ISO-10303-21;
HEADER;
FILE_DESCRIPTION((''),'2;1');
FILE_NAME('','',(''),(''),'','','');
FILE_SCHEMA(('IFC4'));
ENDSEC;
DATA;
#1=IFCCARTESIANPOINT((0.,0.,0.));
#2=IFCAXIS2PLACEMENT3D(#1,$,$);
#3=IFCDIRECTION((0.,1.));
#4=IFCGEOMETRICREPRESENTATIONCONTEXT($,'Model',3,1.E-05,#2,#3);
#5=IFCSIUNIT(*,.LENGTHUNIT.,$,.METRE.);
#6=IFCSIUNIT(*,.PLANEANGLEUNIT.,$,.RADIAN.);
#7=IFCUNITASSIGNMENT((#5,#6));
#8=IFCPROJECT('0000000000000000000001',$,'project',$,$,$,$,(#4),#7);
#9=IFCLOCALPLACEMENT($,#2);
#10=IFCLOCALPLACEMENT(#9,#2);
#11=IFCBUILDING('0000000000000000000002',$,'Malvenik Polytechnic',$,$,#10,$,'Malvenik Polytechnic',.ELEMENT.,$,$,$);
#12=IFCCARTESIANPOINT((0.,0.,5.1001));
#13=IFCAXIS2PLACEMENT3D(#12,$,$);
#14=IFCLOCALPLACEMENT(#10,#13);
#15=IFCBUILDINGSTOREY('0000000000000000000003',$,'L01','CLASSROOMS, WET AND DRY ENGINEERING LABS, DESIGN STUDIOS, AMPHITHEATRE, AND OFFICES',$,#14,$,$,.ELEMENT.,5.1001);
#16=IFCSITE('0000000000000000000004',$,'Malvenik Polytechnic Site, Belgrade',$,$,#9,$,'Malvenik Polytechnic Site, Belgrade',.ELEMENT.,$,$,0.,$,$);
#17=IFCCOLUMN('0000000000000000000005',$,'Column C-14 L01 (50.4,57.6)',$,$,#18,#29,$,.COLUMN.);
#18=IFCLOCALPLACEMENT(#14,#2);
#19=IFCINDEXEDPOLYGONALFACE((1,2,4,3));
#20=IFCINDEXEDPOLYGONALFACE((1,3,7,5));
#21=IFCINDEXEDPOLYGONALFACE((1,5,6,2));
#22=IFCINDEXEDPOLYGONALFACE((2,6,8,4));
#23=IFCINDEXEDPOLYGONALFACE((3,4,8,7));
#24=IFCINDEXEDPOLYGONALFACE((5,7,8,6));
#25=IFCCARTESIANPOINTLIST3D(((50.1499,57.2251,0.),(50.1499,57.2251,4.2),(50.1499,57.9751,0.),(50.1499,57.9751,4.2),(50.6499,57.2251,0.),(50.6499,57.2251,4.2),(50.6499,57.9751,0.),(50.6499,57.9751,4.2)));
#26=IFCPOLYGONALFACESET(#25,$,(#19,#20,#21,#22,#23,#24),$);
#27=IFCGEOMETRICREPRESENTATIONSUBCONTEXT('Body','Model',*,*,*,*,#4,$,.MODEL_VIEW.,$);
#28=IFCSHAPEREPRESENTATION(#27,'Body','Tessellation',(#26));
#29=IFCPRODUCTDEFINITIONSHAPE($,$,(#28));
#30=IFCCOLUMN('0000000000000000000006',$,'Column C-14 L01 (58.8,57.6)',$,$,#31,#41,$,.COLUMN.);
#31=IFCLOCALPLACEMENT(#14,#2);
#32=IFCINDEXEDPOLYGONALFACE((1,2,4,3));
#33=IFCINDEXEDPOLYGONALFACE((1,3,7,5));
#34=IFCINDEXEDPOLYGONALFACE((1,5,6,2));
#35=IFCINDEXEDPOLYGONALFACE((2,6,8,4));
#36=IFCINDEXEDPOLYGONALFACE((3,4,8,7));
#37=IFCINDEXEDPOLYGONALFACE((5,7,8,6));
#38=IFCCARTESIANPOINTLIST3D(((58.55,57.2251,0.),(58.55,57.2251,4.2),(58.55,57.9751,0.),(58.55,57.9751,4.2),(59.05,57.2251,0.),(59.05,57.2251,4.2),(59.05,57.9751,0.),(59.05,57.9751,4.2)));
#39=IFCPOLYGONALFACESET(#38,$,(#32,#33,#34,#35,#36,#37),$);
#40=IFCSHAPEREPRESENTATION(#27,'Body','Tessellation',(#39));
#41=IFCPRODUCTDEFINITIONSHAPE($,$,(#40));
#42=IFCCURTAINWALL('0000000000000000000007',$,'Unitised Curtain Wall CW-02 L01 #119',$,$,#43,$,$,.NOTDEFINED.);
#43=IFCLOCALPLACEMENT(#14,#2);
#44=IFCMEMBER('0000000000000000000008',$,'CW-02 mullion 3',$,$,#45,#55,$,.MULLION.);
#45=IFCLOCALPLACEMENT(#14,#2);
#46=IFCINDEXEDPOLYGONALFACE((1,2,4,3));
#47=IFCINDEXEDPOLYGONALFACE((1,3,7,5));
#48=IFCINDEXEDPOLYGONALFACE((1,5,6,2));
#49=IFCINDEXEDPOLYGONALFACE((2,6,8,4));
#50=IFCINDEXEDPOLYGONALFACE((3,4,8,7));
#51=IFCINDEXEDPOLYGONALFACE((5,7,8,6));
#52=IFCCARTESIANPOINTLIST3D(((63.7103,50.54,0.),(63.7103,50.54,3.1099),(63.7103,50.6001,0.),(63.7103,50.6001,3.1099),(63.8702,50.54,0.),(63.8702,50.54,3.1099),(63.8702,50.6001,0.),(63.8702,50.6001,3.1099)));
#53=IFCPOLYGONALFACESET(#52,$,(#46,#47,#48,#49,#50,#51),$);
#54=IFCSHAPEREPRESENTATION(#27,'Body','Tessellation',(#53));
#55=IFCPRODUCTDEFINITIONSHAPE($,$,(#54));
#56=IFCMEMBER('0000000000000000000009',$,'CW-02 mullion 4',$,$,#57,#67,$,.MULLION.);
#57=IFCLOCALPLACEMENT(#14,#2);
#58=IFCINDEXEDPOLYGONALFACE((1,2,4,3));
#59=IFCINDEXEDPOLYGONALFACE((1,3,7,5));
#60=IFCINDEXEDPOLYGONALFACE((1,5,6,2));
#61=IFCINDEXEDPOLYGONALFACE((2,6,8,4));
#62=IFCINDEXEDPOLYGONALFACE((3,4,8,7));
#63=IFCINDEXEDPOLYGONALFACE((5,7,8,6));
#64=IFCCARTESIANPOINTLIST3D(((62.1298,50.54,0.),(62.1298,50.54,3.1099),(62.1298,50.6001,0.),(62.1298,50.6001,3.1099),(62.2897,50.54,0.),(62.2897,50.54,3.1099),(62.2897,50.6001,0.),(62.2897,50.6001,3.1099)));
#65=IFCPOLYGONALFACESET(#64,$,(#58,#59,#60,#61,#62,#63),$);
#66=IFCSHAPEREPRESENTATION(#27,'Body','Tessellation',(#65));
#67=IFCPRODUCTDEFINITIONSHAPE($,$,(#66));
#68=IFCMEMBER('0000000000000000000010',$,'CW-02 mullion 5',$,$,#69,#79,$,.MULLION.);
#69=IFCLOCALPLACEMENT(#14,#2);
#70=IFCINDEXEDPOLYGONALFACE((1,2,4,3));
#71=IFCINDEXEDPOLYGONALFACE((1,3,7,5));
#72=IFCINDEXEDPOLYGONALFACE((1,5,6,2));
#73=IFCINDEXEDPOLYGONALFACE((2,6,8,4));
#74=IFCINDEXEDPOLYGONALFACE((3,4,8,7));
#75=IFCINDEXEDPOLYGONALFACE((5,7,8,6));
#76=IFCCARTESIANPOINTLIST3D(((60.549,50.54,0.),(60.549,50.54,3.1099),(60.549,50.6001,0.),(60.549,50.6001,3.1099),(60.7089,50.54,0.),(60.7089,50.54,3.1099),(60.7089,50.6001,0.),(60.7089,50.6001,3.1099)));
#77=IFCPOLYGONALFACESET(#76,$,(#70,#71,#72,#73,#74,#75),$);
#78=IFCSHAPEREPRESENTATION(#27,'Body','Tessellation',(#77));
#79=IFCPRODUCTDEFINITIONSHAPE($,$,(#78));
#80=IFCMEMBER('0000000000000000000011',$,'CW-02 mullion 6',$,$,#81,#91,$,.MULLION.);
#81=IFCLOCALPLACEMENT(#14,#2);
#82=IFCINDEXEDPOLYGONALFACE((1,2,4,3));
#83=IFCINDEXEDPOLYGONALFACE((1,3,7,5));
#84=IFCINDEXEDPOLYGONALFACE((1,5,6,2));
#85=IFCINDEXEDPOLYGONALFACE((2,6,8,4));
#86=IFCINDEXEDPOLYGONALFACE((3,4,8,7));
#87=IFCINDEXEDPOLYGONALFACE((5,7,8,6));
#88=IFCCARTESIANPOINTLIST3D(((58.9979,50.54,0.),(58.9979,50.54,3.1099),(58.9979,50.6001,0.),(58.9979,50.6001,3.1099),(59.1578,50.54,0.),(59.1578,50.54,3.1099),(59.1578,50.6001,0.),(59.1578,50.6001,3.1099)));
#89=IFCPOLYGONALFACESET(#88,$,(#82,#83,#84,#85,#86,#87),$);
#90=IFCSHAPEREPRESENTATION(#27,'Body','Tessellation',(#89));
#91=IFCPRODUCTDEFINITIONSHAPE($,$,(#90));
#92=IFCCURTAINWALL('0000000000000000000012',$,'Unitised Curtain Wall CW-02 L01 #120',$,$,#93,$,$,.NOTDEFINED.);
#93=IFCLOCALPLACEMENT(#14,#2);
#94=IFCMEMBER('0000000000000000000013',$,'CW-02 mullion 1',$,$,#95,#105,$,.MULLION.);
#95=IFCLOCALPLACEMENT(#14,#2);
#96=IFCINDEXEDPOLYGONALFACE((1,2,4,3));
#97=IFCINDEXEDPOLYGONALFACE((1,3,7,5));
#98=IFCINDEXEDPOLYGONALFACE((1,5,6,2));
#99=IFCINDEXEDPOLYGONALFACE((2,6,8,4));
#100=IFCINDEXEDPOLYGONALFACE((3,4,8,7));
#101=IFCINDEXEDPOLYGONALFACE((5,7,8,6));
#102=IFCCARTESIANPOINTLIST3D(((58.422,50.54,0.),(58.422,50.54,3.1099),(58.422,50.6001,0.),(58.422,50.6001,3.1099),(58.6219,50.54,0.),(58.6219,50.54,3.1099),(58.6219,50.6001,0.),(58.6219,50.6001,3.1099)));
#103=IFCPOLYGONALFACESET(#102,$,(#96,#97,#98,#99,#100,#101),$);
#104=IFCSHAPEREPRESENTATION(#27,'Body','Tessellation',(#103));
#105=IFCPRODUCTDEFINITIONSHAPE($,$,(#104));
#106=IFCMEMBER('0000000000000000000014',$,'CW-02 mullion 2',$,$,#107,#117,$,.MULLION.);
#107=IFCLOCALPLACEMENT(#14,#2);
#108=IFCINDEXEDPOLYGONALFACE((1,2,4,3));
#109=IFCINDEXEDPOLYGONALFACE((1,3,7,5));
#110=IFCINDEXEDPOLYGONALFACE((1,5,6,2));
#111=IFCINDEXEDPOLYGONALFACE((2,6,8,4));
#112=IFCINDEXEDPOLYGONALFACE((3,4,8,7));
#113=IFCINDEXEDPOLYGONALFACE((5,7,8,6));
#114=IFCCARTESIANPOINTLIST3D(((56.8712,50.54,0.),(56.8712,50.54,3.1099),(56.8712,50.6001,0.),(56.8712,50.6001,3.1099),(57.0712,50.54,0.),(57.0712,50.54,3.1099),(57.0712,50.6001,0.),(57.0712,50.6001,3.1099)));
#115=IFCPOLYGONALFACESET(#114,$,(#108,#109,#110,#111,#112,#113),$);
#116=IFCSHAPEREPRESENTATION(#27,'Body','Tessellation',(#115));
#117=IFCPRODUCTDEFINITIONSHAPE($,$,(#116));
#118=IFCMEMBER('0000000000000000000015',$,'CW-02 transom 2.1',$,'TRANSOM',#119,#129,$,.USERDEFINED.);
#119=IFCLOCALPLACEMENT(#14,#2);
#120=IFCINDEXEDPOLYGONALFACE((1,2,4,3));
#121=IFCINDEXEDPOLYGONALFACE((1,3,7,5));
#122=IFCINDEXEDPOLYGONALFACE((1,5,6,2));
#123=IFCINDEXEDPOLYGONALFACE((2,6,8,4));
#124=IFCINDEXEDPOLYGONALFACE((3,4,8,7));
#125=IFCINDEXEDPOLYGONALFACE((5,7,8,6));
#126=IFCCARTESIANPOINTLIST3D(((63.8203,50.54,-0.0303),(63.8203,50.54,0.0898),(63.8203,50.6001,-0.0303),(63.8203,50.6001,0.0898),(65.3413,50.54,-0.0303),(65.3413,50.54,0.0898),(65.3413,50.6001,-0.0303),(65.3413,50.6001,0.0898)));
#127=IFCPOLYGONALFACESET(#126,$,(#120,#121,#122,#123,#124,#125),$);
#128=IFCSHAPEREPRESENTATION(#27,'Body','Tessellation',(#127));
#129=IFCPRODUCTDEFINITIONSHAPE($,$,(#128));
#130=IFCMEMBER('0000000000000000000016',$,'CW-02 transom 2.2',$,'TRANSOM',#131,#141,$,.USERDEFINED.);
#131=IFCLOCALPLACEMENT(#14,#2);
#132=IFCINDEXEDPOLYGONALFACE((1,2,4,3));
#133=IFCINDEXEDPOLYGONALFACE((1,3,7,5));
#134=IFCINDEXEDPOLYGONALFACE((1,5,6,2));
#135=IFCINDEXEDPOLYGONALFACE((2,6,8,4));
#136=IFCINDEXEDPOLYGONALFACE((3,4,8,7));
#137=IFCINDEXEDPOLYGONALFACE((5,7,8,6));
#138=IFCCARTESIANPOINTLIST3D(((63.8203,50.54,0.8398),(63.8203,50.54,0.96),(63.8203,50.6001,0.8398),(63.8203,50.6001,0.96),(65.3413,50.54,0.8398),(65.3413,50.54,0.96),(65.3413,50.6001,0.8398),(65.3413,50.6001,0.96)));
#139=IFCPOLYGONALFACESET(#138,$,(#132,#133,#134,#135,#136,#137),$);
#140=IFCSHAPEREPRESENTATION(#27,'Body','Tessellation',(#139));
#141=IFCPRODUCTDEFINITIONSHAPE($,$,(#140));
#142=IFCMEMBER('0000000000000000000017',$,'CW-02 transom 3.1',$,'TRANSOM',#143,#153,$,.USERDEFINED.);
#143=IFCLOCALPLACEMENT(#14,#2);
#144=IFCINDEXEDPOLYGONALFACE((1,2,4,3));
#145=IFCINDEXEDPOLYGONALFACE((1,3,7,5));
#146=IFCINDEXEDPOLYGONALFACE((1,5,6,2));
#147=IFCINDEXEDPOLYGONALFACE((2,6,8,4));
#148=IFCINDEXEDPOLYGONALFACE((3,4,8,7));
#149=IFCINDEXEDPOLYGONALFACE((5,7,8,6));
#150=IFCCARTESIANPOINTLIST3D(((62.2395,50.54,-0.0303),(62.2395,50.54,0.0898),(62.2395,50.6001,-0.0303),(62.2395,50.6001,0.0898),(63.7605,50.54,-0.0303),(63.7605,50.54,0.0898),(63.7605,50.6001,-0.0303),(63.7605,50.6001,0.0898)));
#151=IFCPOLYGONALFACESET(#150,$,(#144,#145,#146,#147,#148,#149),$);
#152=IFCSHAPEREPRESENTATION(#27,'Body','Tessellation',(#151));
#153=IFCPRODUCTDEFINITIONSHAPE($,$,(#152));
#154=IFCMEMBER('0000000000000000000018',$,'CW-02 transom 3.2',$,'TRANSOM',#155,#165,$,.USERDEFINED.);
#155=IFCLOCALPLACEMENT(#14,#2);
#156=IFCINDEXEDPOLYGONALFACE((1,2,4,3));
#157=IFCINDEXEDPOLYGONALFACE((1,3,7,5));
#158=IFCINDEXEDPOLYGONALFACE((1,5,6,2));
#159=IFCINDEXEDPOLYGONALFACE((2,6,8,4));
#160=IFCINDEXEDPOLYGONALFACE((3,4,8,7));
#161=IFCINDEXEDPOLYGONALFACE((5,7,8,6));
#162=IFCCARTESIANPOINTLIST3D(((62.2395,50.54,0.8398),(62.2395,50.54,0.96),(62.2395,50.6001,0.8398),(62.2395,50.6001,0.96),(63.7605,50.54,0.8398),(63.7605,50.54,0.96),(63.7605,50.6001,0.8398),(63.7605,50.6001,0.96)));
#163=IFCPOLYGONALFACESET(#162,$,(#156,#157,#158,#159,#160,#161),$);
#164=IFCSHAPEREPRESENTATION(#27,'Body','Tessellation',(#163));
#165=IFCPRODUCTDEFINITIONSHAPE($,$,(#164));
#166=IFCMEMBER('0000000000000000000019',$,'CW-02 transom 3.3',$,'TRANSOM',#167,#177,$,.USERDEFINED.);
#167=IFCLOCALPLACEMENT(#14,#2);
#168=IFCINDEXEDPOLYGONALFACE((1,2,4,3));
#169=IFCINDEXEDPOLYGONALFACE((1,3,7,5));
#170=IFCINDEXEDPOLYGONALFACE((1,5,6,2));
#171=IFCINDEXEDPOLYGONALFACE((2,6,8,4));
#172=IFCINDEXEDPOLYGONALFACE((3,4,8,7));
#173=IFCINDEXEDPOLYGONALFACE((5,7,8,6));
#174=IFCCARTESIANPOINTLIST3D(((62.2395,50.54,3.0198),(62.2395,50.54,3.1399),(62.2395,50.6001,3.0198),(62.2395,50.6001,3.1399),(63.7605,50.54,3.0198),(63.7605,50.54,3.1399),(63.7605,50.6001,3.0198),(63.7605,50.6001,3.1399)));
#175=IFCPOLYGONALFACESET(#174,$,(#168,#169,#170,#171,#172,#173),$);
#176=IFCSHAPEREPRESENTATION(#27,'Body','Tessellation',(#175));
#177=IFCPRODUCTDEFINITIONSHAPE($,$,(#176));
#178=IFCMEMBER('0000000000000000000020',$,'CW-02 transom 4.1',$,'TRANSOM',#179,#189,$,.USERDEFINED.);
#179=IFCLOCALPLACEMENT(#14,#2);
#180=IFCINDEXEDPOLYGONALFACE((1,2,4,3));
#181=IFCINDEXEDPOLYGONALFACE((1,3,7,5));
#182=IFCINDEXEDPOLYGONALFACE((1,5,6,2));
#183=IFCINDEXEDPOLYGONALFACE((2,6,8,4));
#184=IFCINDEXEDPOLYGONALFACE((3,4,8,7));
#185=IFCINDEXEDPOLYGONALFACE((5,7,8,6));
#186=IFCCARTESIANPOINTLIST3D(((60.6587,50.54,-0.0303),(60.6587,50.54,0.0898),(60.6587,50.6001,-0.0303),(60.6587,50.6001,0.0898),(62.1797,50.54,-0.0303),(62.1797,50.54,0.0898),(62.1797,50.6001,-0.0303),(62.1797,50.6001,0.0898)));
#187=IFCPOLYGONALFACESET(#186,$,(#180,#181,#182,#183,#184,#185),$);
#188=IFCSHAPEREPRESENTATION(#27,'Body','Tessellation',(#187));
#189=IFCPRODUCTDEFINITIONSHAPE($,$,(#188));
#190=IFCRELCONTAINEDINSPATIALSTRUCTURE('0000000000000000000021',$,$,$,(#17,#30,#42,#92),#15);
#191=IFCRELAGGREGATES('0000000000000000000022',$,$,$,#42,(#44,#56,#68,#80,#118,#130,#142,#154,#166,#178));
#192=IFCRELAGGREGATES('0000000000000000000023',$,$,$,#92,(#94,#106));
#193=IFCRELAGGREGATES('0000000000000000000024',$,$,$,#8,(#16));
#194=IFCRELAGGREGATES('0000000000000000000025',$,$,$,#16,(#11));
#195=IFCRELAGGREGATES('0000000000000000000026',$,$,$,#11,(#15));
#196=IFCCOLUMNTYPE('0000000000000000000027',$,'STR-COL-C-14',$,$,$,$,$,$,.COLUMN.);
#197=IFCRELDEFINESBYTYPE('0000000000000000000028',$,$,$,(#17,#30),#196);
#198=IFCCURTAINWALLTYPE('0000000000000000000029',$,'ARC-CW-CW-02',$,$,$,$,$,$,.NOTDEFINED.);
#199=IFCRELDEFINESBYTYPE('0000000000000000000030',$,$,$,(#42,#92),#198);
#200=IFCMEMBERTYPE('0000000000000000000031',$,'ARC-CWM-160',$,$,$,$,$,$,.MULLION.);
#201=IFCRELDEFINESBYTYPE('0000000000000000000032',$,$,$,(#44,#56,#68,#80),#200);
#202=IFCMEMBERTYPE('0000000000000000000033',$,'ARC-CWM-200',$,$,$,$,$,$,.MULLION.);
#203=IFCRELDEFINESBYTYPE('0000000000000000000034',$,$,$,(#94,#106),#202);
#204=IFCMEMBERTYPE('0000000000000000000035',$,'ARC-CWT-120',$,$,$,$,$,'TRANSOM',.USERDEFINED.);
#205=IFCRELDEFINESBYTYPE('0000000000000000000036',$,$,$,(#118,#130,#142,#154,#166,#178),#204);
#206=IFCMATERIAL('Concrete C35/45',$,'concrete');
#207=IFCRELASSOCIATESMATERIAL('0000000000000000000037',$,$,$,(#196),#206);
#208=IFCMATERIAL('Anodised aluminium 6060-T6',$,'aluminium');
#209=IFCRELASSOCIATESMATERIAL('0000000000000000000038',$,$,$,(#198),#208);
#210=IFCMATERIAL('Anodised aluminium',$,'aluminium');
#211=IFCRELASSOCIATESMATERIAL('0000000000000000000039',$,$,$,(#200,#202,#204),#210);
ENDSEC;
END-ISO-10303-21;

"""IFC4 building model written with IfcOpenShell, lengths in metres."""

from ifc_helpers import new_model, si_unit, direction, frame, origin, origin_2d, place, context, subcontext, project, spatial, rectangle, extrude, material, material_profile, profile_set, type_object, element, aggregate, save


model = new_model("IFC4")

# Units and contexts
model_context = context("Model", 3, precision=1e-05, world=origin(), true_north=direction((0.0, 1.0)))
body_context = subcontext(model_context, "Body", "Model", "MODEL_VIEW")
ifc_project = project(units=[si_unit("LENGTHUNIT", "METRE"), si_unit("PLANEANGLEUNIT", "RADIAN")], contexts=[model_context])

# Site, building, storey
site_placement = place(None, origin())
site = spatial("IfcSite", under=ifc_project, at=site_placement, Name="Malvenik Polytechnic Site, Belgrade", LongName="Malvenik Polytechnic Site, Belgrade", CompositionType="ELEMENT", RefElevation=0.0)
building_placement = place(site_placement, origin())
building = spatial("IfcBuilding", under=site, at=building_placement, Name="Malvenik Polytechnic", LongName="Malvenik Polytechnic", CompositionType="ELEMENT")
storey_placement = place(building_placement, frame((0.0, 0.0, 5.1001)))
storey = spatial("IfcBuildingStorey", under=building, at=storey_placement, Name="L01", Description="CLASSROOMS, WET AND DRY ENGINEERING LABS, DESIGN STUDIOS, AMPHITHEATRE, AND OFFICES", CompositionType="ELEMENT", Elevation=5.1001)

# Columns
ifc_material_1 = material(Name="Concrete C35/45", Category="concrete")
ifc_material_profile_1 = material_profile(ifc_material_1, rectangle(XDim=0.5, YDim=0.75, at=origin_2d()), Name="RC COL 750x500")
ifc_profile_set_1 = profile_set([ifc_material_profile_1], Name="Concrete C35/45")
column_type = type_object("IfcColumnType", Name="STR-COL-C-14", PredefinedType="COLUMN", material=ifc_profile_set_1)
for number, where, z_axis, x_axis, name in (
    (1, (50.3999, 57.6001, 0.0), (0.0, 0.0, 1.0), (1.0, 0.0, 0.0), "Column C-14 L01 (50.4,57.6)"),
    (2, (58.8, 57.6001, 0.0), (0.0, 0.0, 1.0), (1.0, 0.0, 0.0), "Column C-14 L01 (58.8,57.6)"),
):
    element("IfcColumn", number, at=place(storey_placement, frame(where, z_axis=z_axis, x_axis=x_axis)), inside=storey, type_object=column_type, Name=name, PredefinedType="COLUMN", context=body_context, shape_type="SweptSolid", body=[
        extrude(rectangle(XDim=0.5, YDim=0.75, at=origin_2d()), origin(), (0.0, 0.0, 1.0), 4.2),
    ])

# Curtain walls, members
ifc_material_2 = material(Name="Anodised aluminium 6060-T6", Category="aluminium")
curtain_wall_type = type_object("IfcCurtainWallType", Name="ARC-CW-CW-02", PredefinedType="NOTDEFINED", material=ifc_material_2)
curtain_wall_1_placement = place(storey_placement, origin())
curtain_wall_1 = element("IfcCurtainWall", 3, at=curtain_wall_1_placement, inside=storey, type_object=curtain_wall_type, Name="Unitised Curtain Wall CW-02 L01 #119", PredefinedType="NOTDEFINED")
ifc_material_3 = material(Name="Anodised aluminium", Category="aluminium")
ifc_material_profile_2 = material_profile(ifc_material_3, rectangle(XDim=0.0601, YDim=0.1599, at=origin_2d()), Name="ALU MULLION 60x160")
ifc_profile_set_2 = profile_set([ifc_material_profile_2], Name="Anodised aluminium")
member_type_1 = type_object("IfcMemberType", Name="ARC-CWM-160", PredefinedType="MULLION", material=ifc_profile_set_2)
member_1_placement = place(storey_placement, frame((63.7903, 50.5701, 0.0), z_axis=(0.0, 0.0, 1.0), x_axis=(0.0, -1.0, 0.0)))
member_1 = element("IfcMember", 4, at=member_1_placement, type_object=member_type_1, Name="CW-02 mullion 3", PredefinedType="MULLION", context=body_context, shape_type="SweptSolid", body=[
    extrude(rectangle(XDim=0.0601, YDim=0.1599, at=origin_2d()), origin(), (0.0, 0.0, 1.0), 3.1099),
])
member_2_placement = place(storey_placement, frame((62.2097, 50.5701, 0.0), z_axis=(0.0, 0.0, 1.0), x_axis=(0.0, -1.0, 0.0)))
member_2 = element("IfcMember", 5, at=member_2_placement, type_object=member_type_1, Name="CW-02 mullion 4", PredefinedType="MULLION", context=body_context, shape_type="SweptSolid", body=[
    extrude(rectangle(XDim=0.0601, YDim=0.1599, at=origin_2d()), origin(), (0.0, 0.0, 1.0), 3.1099),
])
member_3_placement = place(storey_placement, frame((60.6289, 50.5701, 0.0), z_axis=(0.0, 0.0, 1.0), x_axis=(0.0, -1.0, 0.0)))
member_3 = element("IfcMember", 6, at=member_3_placement, type_object=member_type_1, Name="CW-02 mullion 5", PredefinedType="MULLION", context=body_context, shape_type="SweptSolid", body=[
    extrude(rectangle(XDim=0.0601, YDim=0.1599, at=origin_2d()), origin(), (0.0, 0.0, 1.0), 3.1099),
])
member_4_placement = place(storey_placement, frame((59.0779, 50.5701, 0.0), z_axis=(0.0, 0.0, 1.0), x_axis=(0.0, -1.0, 0.0)))
member_4 = element("IfcMember", 7, at=member_4_placement, type_object=member_type_1, Name="CW-02 mullion 6", PredefinedType="MULLION", context=body_context, shape_type="SweptSolid", body=[
    extrude(rectangle(XDim=0.0601, YDim=0.1599, at=origin_2d()), origin(), (0.0, 0.0, 1.0), 3.1099),
])
curtain_wall_2_placement = place(storey_placement, origin())
curtain_wall_2 = element("IfcCurtainWall", 8, at=curtain_wall_2_placement, inside=storey, type_object=curtain_wall_type, Name="Unitised Curtain Wall CW-02 L01 #120", PredefinedType="NOTDEFINED")
ifc_material_profile_3 = material_profile(ifc_material_3, rectangle(XDim=0.0601, YDim=0.2, at=origin_2d()), Name="ALU MULLION 60x200")
ifc_profile_set_3 = profile_set([ifc_material_profile_3], Name="Anodised aluminium")
member_type_2 = type_object("IfcMemberType", Name="ARC-CWM-200", PredefinedType="MULLION", material=ifc_profile_set_3)
member_5_placement = place(storey_placement, frame((58.522, 50.5701, 0.0), z_axis=(0.0, 0.0, 1.0), x_axis=(0.0, -1.0, 0.0)))
member_5 = element("IfcMember", 9, at=member_5_placement, type_object=member_type_2, Name="CW-02 mullion 1", PredefinedType="MULLION", context=body_context, shape_type="SweptSolid", body=[
    extrude(rectangle(XDim=0.0601, YDim=0.2, at=origin_2d()), origin(), (0.0, 0.0, 1.0), 3.1099),
])
member_6_placement = place(storey_placement, frame((56.9712, 50.5701, 0.0), z_axis=(0.0, 0.0, 1.0), x_axis=(0.0, -1.0, 0.0)))
member_6 = element("IfcMember", 10, at=member_6_placement, type_object=member_type_2, Name="CW-02 mullion 2", PredefinedType="MULLION", context=body_context, shape_type="SweptSolid", body=[
    extrude(rectangle(XDim=0.0601, YDim=0.2, at=origin_2d()), origin(), (0.0, 0.0, 1.0), 3.1099),
])

# Members
ifc_material_profile_4 = material_profile(ifc_material_3, rectangle(XDim=0.0601, YDim=0.1201, at=origin_2d()), Name="ALU TRANSOM 60x120")
ifc_profile_set_4 = profile_set([ifc_material_profile_4], Name="Anodised aluminium")
member_type_3 = type_object("IfcMemberType", Name="ARC-CWT-120", ElementType="TRANSOM", PredefinedType="USERDEFINED", material=ifc_profile_set_4)
member_7_placement = place(storey_placement, frame((65.3413, 50.5701, 0.0298), z_axis=(-1.0, 0.0, 0.0), x_axis=(0.0, -1.0, 0.0)))
member_7 = element("IfcMember", 11, at=member_7_placement, type_object=member_type_3, Name="CW-02 transom 2.1", ObjectType="TRANSOM", PredefinedType="USERDEFINED", context=body_context, shape_type="SweptSolid", body=[
    extrude(rectangle(XDim=0.0601, YDim=0.1201, at=origin_2d()), origin(), (0.0, 0.0, 1.0), 1.521),
])
member_8_placement = place(storey_placement, frame((65.3413, 50.5701, 0.8999), z_axis=(-1.0, 0.0, 0.0), x_axis=(0.0, -1.0, 0.0)))
member_8 = element("IfcMember", 12, at=member_8_placement, type_object=member_type_3, Name="CW-02 transom 2.2", ObjectType="TRANSOM", PredefinedType="USERDEFINED", context=body_context, shape_type="SweptSolid", body=[
    extrude(rectangle(XDim=0.0601, YDim=0.1201, at=origin_2d()), origin(), (0.0, 0.0, 1.0), 1.521),
])
member_9_placement = place(storey_placement, frame((63.7605, 50.5701, 0.0298), z_axis=(-1.0, 0.0, 0.0), x_axis=(0.0, -1.0, 0.0)))
member_9 = element("IfcMember", 13, at=member_9_placement, type_object=member_type_3, Name="CW-02 transom 3.1", ObjectType="TRANSOM", PredefinedType="USERDEFINED", context=body_context, shape_type="SweptSolid", body=[
    extrude(rectangle(XDim=0.0601, YDim=0.1201, at=origin_2d()), origin(), (0.0, 0.0, 1.0), 1.521),
])
member_10_placement = place(storey_placement, frame((63.7605, 50.5701, 0.8999), z_axis=(-1.0, 0.0, 0.0), x_axis=(0.0, -1.0, 0.0)))
member_10 = element("IfcMember", 14, at=member_10_placement, type_object=member_type_3, Name="CW-02 transom 3.2", ObjectType="TRANSOM", PredefinedType="USERDEFINED", context=body_context, shape_type="SweptSolid", body=[
    extrude(rectangle(XDim=0.0601, YDim=0.1201, at=origin_2d()), origin(), (0.0, 0.0, 1.0), 1.521),
])
member_11_placement = place(storey_placement, frame((63.7605, 50.5701, 3.0798), z_axis=(-1.0, 0.0, 0.0), x_axis=(0.0, -1.0, 0.0)))
member_11 = element("IfcMember", 15, at=member_11_placement, type_object=member_type_3, Name="CW-02 transom 3.3", ObjectType="TRANSOM", PredefinedType="USERDEFINED", context=body_context, shape_type="SweptSolid", body=[
    extrude(rectangle(XDim=0.0601, YDim=0.1201, at=origin_2d()), origin(), (0.0, 0.0, 1.0), 1.521),
])
member_12_placement = place(storey_placement, frame((62.1797, 50.5701, 0.0298), z_axis=(-1.0, 0.0, 0.0), x_axis=(0.0, -1.0, 0.0)))
member_12 = element("IfcMember", 16, at=member_12_placement, type_object=member_type_3, Name="CW-02 transom 4.1", ObjectType="TRANSOM", PredefinedType="USERDEFINED", context=body_context, shape_type="SweptSolid", body=[
    extrude(rectangle(XDim=0.0601, YDim=0.1201, at=origin_2d()), origin(), (0.0, 0.0, 1.0), 1.521),
])

aggregate(curtain_wall_1, [member_1, member_2, member_3, member_4, member_7, member_8, member_9, member_10, member_11, member_12])
aggregate(curtain_wall_2, [member_5, member_6])

save(model, "model.ifc")
